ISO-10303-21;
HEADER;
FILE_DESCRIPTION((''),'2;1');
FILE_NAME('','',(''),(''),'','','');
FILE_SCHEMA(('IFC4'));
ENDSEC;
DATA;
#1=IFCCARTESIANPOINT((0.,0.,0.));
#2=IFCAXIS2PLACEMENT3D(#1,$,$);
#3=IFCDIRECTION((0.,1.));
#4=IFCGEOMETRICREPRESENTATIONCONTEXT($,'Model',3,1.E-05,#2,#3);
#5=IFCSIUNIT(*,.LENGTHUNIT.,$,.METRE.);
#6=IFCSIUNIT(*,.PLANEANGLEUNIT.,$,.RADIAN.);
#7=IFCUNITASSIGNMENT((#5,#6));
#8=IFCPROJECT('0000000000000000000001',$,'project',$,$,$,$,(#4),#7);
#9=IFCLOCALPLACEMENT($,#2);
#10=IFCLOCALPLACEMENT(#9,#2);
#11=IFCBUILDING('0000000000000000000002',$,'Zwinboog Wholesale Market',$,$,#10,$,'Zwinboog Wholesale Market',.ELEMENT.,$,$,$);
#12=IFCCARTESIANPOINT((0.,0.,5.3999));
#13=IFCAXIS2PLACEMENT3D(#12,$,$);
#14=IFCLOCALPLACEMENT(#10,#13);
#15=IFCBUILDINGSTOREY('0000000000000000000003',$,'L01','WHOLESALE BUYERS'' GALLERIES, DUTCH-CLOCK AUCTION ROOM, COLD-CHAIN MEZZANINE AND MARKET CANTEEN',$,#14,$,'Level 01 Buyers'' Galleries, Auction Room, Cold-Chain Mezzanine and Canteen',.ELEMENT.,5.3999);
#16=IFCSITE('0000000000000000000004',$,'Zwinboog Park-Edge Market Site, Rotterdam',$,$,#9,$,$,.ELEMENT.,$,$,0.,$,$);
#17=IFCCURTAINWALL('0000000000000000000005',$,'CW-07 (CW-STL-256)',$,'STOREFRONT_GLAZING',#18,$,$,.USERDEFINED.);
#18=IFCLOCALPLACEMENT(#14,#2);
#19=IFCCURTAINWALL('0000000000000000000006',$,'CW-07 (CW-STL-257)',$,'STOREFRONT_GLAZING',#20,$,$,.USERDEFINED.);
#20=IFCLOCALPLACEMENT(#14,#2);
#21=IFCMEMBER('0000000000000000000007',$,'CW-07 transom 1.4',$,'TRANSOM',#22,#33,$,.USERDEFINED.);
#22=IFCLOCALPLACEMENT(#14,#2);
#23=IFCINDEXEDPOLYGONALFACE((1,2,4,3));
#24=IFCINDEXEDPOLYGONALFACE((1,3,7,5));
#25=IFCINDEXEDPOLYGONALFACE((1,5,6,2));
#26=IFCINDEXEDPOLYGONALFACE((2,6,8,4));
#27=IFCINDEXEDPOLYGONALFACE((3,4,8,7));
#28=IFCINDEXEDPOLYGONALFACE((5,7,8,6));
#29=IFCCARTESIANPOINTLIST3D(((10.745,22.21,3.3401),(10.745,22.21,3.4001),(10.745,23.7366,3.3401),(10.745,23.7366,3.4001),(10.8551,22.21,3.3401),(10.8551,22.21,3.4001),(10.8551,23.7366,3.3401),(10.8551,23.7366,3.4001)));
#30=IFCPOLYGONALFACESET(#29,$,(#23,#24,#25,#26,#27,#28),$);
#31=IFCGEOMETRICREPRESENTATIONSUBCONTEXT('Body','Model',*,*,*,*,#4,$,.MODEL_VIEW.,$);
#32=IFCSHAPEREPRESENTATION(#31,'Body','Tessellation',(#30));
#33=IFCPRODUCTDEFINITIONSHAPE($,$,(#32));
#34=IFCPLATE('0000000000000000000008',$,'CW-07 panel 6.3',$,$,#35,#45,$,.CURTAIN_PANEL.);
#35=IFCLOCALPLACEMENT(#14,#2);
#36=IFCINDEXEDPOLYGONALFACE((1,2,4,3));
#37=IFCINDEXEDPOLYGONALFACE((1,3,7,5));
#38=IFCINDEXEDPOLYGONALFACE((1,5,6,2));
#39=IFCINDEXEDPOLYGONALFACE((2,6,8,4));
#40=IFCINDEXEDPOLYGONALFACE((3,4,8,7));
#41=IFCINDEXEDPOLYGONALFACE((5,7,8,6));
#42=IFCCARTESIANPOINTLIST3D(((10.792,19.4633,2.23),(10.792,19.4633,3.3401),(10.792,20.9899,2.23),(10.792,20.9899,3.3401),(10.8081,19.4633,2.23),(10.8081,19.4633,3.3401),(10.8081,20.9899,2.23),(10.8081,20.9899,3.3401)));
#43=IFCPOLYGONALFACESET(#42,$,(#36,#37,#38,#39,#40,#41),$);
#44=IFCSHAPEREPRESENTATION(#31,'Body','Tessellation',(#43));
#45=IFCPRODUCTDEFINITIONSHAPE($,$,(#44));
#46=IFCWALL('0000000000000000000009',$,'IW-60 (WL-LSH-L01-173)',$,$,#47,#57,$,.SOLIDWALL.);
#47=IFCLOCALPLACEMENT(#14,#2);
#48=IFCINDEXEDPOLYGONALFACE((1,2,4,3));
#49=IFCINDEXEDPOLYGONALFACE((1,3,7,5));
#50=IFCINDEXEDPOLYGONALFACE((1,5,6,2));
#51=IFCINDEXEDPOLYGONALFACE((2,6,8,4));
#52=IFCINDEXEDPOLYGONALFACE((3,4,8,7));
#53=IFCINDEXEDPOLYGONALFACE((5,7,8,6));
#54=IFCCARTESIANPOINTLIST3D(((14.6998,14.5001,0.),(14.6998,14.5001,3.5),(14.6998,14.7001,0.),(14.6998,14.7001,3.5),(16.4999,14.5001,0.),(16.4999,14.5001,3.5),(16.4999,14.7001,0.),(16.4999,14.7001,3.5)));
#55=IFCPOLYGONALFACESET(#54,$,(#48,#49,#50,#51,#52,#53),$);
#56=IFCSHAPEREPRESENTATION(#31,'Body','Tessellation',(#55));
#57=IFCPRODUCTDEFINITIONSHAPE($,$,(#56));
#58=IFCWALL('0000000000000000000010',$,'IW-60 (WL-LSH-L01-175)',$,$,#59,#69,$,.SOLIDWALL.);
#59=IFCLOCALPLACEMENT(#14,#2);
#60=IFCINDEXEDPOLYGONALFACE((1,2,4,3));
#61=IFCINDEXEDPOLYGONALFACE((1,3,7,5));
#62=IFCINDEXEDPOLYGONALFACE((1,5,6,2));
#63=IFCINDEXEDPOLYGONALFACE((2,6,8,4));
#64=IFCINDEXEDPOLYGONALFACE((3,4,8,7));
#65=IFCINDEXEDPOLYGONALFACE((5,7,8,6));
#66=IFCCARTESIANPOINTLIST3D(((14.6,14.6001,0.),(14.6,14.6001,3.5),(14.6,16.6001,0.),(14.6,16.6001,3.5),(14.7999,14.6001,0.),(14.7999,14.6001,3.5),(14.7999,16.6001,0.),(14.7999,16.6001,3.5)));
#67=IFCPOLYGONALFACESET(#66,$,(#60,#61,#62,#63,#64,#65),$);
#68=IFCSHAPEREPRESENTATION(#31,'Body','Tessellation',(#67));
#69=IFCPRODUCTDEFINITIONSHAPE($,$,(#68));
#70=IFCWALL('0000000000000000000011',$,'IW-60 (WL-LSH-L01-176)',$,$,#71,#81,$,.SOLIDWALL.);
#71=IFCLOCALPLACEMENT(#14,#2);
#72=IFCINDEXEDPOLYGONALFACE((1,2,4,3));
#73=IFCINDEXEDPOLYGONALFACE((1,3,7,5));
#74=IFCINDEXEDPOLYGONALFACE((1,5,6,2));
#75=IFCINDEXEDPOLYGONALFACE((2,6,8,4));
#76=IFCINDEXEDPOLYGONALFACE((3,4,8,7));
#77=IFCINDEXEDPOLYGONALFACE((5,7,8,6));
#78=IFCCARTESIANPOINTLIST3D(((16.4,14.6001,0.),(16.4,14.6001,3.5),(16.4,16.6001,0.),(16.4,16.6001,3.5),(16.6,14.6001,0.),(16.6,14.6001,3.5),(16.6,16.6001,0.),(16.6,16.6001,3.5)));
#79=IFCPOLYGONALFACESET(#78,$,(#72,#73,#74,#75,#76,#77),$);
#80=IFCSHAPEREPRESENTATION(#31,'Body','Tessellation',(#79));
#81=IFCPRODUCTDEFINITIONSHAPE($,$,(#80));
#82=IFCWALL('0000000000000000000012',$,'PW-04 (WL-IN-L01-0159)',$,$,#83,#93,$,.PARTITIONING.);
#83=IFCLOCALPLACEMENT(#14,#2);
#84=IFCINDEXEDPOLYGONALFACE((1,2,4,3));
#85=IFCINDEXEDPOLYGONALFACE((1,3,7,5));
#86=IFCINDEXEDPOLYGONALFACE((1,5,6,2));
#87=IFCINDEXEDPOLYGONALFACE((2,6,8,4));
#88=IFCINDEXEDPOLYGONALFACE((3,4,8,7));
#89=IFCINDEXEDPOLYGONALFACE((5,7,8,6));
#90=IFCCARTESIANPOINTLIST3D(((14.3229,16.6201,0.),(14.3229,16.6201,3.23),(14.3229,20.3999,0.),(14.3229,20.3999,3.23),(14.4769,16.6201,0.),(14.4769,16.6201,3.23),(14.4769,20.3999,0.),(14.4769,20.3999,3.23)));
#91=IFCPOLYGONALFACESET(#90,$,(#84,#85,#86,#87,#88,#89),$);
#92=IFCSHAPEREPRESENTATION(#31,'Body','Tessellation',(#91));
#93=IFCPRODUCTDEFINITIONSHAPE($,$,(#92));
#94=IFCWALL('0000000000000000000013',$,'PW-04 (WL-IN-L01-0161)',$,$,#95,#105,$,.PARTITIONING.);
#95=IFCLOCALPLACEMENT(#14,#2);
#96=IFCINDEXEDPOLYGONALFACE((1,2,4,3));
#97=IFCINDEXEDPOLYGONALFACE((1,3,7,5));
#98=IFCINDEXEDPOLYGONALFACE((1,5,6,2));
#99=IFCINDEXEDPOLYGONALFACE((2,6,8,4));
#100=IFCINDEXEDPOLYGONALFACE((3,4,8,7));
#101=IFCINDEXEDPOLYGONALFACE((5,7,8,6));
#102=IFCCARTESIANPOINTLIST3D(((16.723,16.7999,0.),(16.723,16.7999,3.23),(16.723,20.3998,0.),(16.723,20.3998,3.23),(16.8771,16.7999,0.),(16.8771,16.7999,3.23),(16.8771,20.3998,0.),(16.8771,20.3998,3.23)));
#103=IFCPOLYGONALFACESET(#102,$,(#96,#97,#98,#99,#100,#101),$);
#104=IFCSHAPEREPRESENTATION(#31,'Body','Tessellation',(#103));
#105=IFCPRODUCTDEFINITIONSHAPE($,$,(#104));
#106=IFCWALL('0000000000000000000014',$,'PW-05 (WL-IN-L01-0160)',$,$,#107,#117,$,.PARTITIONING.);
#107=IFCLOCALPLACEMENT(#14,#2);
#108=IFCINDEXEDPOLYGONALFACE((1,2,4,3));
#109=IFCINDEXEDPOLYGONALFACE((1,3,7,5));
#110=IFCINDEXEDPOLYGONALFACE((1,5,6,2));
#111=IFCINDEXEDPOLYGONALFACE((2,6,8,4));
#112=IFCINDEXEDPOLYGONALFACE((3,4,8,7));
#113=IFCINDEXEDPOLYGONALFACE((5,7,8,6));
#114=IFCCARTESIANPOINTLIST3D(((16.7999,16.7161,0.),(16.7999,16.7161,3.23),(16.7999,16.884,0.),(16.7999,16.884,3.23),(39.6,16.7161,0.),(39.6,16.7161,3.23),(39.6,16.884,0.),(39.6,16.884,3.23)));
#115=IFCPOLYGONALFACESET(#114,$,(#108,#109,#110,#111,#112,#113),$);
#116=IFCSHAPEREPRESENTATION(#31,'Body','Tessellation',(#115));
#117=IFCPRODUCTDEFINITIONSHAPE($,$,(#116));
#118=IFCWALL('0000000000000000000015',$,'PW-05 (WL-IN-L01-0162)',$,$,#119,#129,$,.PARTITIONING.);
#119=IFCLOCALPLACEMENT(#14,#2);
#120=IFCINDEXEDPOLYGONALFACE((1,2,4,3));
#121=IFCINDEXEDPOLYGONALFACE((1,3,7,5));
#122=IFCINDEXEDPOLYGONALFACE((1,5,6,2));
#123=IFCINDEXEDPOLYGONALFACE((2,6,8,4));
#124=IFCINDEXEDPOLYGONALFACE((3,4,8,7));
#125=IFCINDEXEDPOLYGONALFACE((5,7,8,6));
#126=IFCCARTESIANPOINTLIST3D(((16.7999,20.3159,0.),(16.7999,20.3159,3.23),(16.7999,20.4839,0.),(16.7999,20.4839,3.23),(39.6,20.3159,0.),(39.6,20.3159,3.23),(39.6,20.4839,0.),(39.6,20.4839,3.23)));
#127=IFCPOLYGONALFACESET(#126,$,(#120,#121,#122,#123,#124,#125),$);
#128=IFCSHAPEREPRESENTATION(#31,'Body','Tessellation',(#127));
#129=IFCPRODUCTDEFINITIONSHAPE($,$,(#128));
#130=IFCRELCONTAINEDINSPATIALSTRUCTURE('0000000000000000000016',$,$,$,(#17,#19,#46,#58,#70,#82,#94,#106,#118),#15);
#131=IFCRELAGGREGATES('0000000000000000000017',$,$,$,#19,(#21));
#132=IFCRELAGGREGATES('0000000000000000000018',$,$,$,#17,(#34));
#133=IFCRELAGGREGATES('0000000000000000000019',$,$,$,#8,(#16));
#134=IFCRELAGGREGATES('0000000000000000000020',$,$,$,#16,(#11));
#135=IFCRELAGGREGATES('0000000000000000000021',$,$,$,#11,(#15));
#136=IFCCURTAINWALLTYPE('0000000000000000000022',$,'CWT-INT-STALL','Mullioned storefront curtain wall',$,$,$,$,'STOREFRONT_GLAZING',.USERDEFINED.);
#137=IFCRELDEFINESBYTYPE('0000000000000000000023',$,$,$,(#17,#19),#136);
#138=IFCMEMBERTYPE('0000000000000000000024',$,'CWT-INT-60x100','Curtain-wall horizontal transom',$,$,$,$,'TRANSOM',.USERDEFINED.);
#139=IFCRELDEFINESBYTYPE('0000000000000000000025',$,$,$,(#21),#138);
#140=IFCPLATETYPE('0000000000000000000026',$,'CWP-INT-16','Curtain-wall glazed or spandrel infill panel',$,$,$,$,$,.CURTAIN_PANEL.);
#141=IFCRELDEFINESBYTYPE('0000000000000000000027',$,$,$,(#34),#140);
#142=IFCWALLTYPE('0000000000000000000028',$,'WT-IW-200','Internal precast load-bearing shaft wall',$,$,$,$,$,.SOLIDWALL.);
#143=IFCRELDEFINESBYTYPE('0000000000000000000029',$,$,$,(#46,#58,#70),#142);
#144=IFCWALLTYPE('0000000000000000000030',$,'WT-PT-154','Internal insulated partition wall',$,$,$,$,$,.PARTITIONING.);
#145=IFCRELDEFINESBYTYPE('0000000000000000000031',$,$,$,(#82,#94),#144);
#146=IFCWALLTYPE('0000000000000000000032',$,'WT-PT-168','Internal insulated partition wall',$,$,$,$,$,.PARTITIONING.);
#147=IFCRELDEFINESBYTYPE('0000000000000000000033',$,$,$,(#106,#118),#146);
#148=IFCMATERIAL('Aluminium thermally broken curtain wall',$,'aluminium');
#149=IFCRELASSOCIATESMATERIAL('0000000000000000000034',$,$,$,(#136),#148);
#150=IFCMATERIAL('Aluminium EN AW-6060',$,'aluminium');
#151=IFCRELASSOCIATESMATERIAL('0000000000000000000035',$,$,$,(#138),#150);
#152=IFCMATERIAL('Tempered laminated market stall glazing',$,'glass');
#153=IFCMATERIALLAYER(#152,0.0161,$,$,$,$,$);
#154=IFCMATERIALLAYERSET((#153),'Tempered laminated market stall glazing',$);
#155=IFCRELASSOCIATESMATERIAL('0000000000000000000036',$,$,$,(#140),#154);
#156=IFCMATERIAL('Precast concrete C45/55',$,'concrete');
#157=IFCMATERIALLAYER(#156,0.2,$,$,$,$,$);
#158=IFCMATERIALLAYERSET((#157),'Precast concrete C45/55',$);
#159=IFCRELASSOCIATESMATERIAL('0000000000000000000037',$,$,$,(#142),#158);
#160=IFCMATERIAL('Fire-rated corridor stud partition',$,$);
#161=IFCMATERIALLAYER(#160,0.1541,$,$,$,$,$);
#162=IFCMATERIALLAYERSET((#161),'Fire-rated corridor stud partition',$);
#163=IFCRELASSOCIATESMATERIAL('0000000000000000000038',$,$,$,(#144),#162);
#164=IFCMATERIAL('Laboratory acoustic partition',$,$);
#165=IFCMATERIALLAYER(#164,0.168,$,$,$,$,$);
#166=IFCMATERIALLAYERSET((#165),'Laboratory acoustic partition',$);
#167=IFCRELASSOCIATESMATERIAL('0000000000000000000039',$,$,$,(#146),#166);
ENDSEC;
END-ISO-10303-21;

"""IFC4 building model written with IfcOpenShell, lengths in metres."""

from ifc_helpers import new_model, si_unit, direction, frame, frame_2d, origin, origin_2d, place, context, subcontext, project, spatial, rectangle, extrude, material, layer, layer_set, material_profile, profile_set, type_object, element, aggregate, save


model = new_model("IFC4")

# Units and contexts
model_context = context("Model", 3, precision=1e-05, world=origin(), true_north=direction((0.0, 1.0)))
body_context = subcontext(model_context, "Body", "Model", "MODEL_VIEW")
ifc_project = project(units=[si_unit("LENGTHUNIT", "METRE"), si_unit("PLANEANGLEUNIT", "RADIAN")], contexts=[model_context])

# Site, building, storey
site_placement = place(None, origin())
site = spatial("IfcSite", under=ifc_project, at=site_placement, Name="Zwinboog Park-Edge Market Site, Rotterdam", CompositionType="ELEMENT", RefElevation=0.0)
building_placement = place(site_placement, origin())
building = spatial("IfcBuilding", under=site, at=building_placement, Name="Zwinboog Wholesale Market", LongName="Zwinboog Wholesale Market", CompositionType="ELEMENT")
storey_placement = place(building_placement, frame((0.0, 0.0, 5.3999)))
storey = spatial("IfcBuildingStorey", under=building, at=storey_placement, Name="L01", Description="WHOLESALE BUYERS' GALLERIES, DUTCH-CLOCK AUCTION ROOM, COLD-CHAIN MEZZANINE AND MARKET CANTEEN", LongName="Level 01 Buyers' Galleries, Auction Room, Cold-Chain Mezzanine and Canteen", CompositionType="ELEMENT", Elevation=5.3999)

# Shared definitions
ifc_material_1 = material(Name="Precast concrete C45/55", Category="concrete")

# Curtain wall
ifc_material_2 = material(Name="Aluminium thermally broken curtain wall", Category="aluminium")
curtain_wall_type = type_object("IfcCurtainWallType", Name="CWT-INT-STALL", Description="Mullioned storefront curtain wall", ElementType="STOREFRONT_GLAZING", PredefinedType="USERDEFINED", material=ifc_material_2)
curtain_wall_1_placement = place(storey_placement, origin())
curtain_wall_1 = element("IfcCurtainWall", 1, at=curtain_wall_1_placement, inside=storey, type_object=curtain_wall_type, Name="CW-07 (CW-STL-256)", ObjectType="STOREFRONT_GLAZING", PredefinedType="USERDEFINED")
ifc_material_3 = material(Name="Aluminium EN AW-6060", Category="aluminium")

# Curtain wall, member
curtain_wall_2_placement = place(storey_placement, origin())
curtain_wall_2 = element("IfcCurtainWall", 2, at=curtain_wall_2_placement, inside=storey, type_object=curtain_wall_type, Name="CW-07 (CW-STL-257)", ObjectType="STOREFRONT_GLAZING", PredefinedType="USERDEFINED")
ifc_material_profile_1 = material_profile(ifc_material_3, rectangle(XDim=0.1101, YDim=0.0601, at=origin_2d()), Name="AL 60x110")
ifc_profile_set_1 = profile_set([ifc_material_profile_1], Name="Aluminium EN AW-6060")
member_type_1 = type_object("IfcMemberType", Name="CWT-INT-60x100", Description="Curtain-wall horizontal transom", ElementType="TRANSOM", PredefinedType="USERDEFINED", material=ifc_profile_set_1)
member_1_placement = place(storey_placement, frame((10.8, 22.21, 3.3701), z_axis=(0.0, 1.0, 0.0), x_axis=(-1.0, 0.0, 0.0)))
member_1 = element("IfcMember", 3, at=member_1_placement, type_object=member_type_1, Name="CW-07 transom 1.4", ObjectType="TRANSOM", PredefinedType="USERDEFINED", context=body_context, shape_type="SweptSolid", body=[
    extrude(rectangle(XDim=0.1101, YDim=0.0601, at=origin_2d()), origin(), (0.0, 0.0, 1.0), 1.5266),
])
aggregate(curtain_wall_2, [member_1])

# Plate
ifc_material_4 = material(Name="Tempered laminated market stall glazing", Category="glass")
ifc_layer_1 = layer(ifc_material_4, 0.0161)
ifc_layer_set_1 = layer_set([ifc_layer_1], Name="Tempered laminated market stall glazing")
plate_type = type_object("IfcPlateType", Name="CWP-INT-16", Description="Curtain-wall glazed or spandrel infill panel", PredefinedType="CURTAIN_PANEL", material=ifc_layer_set_1)
plate_placement = place(storey_placement, frame((10.8, 20.2266, 2.23), z_axis=(0.0, 0.0, 1.0), x_axis=(0.0, 1.0, 0.0)))
plate = element("IfcPlate", 4, at=plate_placement, type_object=plate_type, Name="CW-07 panel 6.3", PredefinedType="CURTAIN_PANEL", context=body_context, shape_type="SweptSolid", body=[
    extrude(rectangle(XDim=1.5266, YDim=0.0161, at=origin_2d()), origin(), (0.0, 0.0, 1.0), 1.1101),
])
aggregate(curtain_wall_1, [plate])

# Wall
ifc_layer_2 = layer(ifc_material_1, 0.2)
ifc_layer_set_2 = layer_set([ifc_layer_2], Name="Precast concrete C45/55")
wall_type_1 = type_object("IfcWallType", Name="WT-IW-200", Description="Internal precast load-bearing shaft wall", PredefinedType="SOLIDWALL", material=ifc_layer_set_2)
wall_1_placement = place(storey_placement, frame((14.7, 14.6001, 0.0), z_axis=(0.0, 0.0, 1.0), x_axis=(1.0, 0.0, 0.0)))
element("IfcWall", 5, at=wall_1_placement, inside=storey, type_object=wall_type_1, Name="IW-60 (WL-LSH-L01-173)", PredefinedType="SOLIDWALL", context=body_context, shape_type="SweptSolid", body=[
    extrude(rectangle(XDim=1.8, YDim=0.2, at=frame_2d((0.8999, 0.0))), origin(), (0.0, 0.0, 1.0), 3.5),
])

# Walls
for number, where, z_axis, x_axis, name in (
    (6, (14.7, 14.6001, 0.0), (0.0, 0.0, 1.0), (0.0, 1.0, 0.0), "IW-60 (WL-LSH-L01-175)"),
    (7, (16.5, 14.6001, 0.0), (0.0, 0.0, 1.0), (0.0, 1.0, 0.0), "IW-60 (WL-LSH-L01-176)"),
):
    element("IfcWall", number, at=place(storey_placement, frame(where, z_axis=z_axis, x_axis=x_axis)), inside=storey, type_object=wall_type_1, Name=name, PredefinedType="SOLIDWALL", context=body_context, shape_type="SweptSolid", body=[
        extrude(rectangle(XDim=2.0, YDim=0.2, at=frame_2d((1.0, 0.0))), origin(), (0.0, 0.0, 1.0), 3.5),
    ])
ifc_material_5 = material(Name="Fire-rated corridor stud partition")
ifc_layer_3 = layer(ifc_material_5, 0.1541)
ifc_layer_set_3 = layer_set([ifc_layer_3], Name="Fire-rated corridor stud partition")
wall_type_2 = type_object("IfcWallType", Name="WT-PT-154", Description="Internal insulated partition wall", PredefinedType="PARTITIONING", material=ifc_layer_set_3)
wall_2_placement = place(storey_placement, frame((14.3999, 16.6201, 0.0), z_axis=(0.0, 0.0, 1.0), x_axis=(0.0, 1.0, 0.0)))
element("IfcWall", 8, at=wall_2_placement, inside=storey, type_object=wall_type_2, Name="PW-04 (WL-IN-L01-0159)", PredefinedType="PARTITIONING", context=body_context, shape_type="SweptSolid", body=[
    extrude(rectangle(XDim=3.7798, YDim=0.1541, at=frame_2d((1.8899, 0.0))), origin(), (0.0, 0.0, 1.0), 3.23),
])
wall_3_placement = place(storey_placement, frame((16.8, 16.8, 0.0), z_axis=(0.0, 0.0, 1.0), x_axis=(0.0, 1.0, 0.0)))
element("IfcWall", 9, at=wall_3_placement, inside=storey, type_object=wall_type_2, Name="PW-04 (WL-IN-L01-0161)", PredefinedType="PARTITIONING", context=body_context, shape_type="SweptSolid", body=[
    extrude(rectangle(XDim=3.5999, YDim=0.1541, at=frame_2d((1.7998, 0.0))), origin(), (0.0, 0.0, 1.0), 3.23),
])
ifc_material_6 = material(Name="Laboratory acoustic partition")
ifc_layer_4 = layer(ifc_material_6, 0.168)
ifc_layer_set_4 = layer_set([ifc_layer_4], Name="Laboratory acoustic partition")
wall_type_3 = type_object("IfcWallType", Name="WT-PT-168", Description="Internal insulated partition wall", PredefinedType="PARTITIONING", material=ifc_layer_set_4)
for number, where, z_axis, x_axis, name in (
    (10, (16.8, 16.8, 0.0), (0.0, 0.0, 1.0), (1.0, 0.0, 0.0), "PW-05 (WL-IN-L01-0160)"),
    (11, (16.8, 20.3999, 0.0), (0.0, 0.0, 1.0), (1.0, 0.0, 0.0), "PW-05 (WL-IN-L01-0162)"),
):
    element("IfcWall", number, at=place(storey_placement, frame(where, z_axis=z_axis, x_axis=x_axis)), inside=storey, type_object=wall_type_3, Name=name, PredefinedType="PARTITIONING", context=body_context, shape_type="SweptSolid", body=[
        extrude(rectangle(XDim=22.8, YDim=0.168, at=frame_2d((11.3999, 0.0))), origin(), (0.0, 0.0, 1.0), 3.23),
    ])

save(model, "model.ifc")
